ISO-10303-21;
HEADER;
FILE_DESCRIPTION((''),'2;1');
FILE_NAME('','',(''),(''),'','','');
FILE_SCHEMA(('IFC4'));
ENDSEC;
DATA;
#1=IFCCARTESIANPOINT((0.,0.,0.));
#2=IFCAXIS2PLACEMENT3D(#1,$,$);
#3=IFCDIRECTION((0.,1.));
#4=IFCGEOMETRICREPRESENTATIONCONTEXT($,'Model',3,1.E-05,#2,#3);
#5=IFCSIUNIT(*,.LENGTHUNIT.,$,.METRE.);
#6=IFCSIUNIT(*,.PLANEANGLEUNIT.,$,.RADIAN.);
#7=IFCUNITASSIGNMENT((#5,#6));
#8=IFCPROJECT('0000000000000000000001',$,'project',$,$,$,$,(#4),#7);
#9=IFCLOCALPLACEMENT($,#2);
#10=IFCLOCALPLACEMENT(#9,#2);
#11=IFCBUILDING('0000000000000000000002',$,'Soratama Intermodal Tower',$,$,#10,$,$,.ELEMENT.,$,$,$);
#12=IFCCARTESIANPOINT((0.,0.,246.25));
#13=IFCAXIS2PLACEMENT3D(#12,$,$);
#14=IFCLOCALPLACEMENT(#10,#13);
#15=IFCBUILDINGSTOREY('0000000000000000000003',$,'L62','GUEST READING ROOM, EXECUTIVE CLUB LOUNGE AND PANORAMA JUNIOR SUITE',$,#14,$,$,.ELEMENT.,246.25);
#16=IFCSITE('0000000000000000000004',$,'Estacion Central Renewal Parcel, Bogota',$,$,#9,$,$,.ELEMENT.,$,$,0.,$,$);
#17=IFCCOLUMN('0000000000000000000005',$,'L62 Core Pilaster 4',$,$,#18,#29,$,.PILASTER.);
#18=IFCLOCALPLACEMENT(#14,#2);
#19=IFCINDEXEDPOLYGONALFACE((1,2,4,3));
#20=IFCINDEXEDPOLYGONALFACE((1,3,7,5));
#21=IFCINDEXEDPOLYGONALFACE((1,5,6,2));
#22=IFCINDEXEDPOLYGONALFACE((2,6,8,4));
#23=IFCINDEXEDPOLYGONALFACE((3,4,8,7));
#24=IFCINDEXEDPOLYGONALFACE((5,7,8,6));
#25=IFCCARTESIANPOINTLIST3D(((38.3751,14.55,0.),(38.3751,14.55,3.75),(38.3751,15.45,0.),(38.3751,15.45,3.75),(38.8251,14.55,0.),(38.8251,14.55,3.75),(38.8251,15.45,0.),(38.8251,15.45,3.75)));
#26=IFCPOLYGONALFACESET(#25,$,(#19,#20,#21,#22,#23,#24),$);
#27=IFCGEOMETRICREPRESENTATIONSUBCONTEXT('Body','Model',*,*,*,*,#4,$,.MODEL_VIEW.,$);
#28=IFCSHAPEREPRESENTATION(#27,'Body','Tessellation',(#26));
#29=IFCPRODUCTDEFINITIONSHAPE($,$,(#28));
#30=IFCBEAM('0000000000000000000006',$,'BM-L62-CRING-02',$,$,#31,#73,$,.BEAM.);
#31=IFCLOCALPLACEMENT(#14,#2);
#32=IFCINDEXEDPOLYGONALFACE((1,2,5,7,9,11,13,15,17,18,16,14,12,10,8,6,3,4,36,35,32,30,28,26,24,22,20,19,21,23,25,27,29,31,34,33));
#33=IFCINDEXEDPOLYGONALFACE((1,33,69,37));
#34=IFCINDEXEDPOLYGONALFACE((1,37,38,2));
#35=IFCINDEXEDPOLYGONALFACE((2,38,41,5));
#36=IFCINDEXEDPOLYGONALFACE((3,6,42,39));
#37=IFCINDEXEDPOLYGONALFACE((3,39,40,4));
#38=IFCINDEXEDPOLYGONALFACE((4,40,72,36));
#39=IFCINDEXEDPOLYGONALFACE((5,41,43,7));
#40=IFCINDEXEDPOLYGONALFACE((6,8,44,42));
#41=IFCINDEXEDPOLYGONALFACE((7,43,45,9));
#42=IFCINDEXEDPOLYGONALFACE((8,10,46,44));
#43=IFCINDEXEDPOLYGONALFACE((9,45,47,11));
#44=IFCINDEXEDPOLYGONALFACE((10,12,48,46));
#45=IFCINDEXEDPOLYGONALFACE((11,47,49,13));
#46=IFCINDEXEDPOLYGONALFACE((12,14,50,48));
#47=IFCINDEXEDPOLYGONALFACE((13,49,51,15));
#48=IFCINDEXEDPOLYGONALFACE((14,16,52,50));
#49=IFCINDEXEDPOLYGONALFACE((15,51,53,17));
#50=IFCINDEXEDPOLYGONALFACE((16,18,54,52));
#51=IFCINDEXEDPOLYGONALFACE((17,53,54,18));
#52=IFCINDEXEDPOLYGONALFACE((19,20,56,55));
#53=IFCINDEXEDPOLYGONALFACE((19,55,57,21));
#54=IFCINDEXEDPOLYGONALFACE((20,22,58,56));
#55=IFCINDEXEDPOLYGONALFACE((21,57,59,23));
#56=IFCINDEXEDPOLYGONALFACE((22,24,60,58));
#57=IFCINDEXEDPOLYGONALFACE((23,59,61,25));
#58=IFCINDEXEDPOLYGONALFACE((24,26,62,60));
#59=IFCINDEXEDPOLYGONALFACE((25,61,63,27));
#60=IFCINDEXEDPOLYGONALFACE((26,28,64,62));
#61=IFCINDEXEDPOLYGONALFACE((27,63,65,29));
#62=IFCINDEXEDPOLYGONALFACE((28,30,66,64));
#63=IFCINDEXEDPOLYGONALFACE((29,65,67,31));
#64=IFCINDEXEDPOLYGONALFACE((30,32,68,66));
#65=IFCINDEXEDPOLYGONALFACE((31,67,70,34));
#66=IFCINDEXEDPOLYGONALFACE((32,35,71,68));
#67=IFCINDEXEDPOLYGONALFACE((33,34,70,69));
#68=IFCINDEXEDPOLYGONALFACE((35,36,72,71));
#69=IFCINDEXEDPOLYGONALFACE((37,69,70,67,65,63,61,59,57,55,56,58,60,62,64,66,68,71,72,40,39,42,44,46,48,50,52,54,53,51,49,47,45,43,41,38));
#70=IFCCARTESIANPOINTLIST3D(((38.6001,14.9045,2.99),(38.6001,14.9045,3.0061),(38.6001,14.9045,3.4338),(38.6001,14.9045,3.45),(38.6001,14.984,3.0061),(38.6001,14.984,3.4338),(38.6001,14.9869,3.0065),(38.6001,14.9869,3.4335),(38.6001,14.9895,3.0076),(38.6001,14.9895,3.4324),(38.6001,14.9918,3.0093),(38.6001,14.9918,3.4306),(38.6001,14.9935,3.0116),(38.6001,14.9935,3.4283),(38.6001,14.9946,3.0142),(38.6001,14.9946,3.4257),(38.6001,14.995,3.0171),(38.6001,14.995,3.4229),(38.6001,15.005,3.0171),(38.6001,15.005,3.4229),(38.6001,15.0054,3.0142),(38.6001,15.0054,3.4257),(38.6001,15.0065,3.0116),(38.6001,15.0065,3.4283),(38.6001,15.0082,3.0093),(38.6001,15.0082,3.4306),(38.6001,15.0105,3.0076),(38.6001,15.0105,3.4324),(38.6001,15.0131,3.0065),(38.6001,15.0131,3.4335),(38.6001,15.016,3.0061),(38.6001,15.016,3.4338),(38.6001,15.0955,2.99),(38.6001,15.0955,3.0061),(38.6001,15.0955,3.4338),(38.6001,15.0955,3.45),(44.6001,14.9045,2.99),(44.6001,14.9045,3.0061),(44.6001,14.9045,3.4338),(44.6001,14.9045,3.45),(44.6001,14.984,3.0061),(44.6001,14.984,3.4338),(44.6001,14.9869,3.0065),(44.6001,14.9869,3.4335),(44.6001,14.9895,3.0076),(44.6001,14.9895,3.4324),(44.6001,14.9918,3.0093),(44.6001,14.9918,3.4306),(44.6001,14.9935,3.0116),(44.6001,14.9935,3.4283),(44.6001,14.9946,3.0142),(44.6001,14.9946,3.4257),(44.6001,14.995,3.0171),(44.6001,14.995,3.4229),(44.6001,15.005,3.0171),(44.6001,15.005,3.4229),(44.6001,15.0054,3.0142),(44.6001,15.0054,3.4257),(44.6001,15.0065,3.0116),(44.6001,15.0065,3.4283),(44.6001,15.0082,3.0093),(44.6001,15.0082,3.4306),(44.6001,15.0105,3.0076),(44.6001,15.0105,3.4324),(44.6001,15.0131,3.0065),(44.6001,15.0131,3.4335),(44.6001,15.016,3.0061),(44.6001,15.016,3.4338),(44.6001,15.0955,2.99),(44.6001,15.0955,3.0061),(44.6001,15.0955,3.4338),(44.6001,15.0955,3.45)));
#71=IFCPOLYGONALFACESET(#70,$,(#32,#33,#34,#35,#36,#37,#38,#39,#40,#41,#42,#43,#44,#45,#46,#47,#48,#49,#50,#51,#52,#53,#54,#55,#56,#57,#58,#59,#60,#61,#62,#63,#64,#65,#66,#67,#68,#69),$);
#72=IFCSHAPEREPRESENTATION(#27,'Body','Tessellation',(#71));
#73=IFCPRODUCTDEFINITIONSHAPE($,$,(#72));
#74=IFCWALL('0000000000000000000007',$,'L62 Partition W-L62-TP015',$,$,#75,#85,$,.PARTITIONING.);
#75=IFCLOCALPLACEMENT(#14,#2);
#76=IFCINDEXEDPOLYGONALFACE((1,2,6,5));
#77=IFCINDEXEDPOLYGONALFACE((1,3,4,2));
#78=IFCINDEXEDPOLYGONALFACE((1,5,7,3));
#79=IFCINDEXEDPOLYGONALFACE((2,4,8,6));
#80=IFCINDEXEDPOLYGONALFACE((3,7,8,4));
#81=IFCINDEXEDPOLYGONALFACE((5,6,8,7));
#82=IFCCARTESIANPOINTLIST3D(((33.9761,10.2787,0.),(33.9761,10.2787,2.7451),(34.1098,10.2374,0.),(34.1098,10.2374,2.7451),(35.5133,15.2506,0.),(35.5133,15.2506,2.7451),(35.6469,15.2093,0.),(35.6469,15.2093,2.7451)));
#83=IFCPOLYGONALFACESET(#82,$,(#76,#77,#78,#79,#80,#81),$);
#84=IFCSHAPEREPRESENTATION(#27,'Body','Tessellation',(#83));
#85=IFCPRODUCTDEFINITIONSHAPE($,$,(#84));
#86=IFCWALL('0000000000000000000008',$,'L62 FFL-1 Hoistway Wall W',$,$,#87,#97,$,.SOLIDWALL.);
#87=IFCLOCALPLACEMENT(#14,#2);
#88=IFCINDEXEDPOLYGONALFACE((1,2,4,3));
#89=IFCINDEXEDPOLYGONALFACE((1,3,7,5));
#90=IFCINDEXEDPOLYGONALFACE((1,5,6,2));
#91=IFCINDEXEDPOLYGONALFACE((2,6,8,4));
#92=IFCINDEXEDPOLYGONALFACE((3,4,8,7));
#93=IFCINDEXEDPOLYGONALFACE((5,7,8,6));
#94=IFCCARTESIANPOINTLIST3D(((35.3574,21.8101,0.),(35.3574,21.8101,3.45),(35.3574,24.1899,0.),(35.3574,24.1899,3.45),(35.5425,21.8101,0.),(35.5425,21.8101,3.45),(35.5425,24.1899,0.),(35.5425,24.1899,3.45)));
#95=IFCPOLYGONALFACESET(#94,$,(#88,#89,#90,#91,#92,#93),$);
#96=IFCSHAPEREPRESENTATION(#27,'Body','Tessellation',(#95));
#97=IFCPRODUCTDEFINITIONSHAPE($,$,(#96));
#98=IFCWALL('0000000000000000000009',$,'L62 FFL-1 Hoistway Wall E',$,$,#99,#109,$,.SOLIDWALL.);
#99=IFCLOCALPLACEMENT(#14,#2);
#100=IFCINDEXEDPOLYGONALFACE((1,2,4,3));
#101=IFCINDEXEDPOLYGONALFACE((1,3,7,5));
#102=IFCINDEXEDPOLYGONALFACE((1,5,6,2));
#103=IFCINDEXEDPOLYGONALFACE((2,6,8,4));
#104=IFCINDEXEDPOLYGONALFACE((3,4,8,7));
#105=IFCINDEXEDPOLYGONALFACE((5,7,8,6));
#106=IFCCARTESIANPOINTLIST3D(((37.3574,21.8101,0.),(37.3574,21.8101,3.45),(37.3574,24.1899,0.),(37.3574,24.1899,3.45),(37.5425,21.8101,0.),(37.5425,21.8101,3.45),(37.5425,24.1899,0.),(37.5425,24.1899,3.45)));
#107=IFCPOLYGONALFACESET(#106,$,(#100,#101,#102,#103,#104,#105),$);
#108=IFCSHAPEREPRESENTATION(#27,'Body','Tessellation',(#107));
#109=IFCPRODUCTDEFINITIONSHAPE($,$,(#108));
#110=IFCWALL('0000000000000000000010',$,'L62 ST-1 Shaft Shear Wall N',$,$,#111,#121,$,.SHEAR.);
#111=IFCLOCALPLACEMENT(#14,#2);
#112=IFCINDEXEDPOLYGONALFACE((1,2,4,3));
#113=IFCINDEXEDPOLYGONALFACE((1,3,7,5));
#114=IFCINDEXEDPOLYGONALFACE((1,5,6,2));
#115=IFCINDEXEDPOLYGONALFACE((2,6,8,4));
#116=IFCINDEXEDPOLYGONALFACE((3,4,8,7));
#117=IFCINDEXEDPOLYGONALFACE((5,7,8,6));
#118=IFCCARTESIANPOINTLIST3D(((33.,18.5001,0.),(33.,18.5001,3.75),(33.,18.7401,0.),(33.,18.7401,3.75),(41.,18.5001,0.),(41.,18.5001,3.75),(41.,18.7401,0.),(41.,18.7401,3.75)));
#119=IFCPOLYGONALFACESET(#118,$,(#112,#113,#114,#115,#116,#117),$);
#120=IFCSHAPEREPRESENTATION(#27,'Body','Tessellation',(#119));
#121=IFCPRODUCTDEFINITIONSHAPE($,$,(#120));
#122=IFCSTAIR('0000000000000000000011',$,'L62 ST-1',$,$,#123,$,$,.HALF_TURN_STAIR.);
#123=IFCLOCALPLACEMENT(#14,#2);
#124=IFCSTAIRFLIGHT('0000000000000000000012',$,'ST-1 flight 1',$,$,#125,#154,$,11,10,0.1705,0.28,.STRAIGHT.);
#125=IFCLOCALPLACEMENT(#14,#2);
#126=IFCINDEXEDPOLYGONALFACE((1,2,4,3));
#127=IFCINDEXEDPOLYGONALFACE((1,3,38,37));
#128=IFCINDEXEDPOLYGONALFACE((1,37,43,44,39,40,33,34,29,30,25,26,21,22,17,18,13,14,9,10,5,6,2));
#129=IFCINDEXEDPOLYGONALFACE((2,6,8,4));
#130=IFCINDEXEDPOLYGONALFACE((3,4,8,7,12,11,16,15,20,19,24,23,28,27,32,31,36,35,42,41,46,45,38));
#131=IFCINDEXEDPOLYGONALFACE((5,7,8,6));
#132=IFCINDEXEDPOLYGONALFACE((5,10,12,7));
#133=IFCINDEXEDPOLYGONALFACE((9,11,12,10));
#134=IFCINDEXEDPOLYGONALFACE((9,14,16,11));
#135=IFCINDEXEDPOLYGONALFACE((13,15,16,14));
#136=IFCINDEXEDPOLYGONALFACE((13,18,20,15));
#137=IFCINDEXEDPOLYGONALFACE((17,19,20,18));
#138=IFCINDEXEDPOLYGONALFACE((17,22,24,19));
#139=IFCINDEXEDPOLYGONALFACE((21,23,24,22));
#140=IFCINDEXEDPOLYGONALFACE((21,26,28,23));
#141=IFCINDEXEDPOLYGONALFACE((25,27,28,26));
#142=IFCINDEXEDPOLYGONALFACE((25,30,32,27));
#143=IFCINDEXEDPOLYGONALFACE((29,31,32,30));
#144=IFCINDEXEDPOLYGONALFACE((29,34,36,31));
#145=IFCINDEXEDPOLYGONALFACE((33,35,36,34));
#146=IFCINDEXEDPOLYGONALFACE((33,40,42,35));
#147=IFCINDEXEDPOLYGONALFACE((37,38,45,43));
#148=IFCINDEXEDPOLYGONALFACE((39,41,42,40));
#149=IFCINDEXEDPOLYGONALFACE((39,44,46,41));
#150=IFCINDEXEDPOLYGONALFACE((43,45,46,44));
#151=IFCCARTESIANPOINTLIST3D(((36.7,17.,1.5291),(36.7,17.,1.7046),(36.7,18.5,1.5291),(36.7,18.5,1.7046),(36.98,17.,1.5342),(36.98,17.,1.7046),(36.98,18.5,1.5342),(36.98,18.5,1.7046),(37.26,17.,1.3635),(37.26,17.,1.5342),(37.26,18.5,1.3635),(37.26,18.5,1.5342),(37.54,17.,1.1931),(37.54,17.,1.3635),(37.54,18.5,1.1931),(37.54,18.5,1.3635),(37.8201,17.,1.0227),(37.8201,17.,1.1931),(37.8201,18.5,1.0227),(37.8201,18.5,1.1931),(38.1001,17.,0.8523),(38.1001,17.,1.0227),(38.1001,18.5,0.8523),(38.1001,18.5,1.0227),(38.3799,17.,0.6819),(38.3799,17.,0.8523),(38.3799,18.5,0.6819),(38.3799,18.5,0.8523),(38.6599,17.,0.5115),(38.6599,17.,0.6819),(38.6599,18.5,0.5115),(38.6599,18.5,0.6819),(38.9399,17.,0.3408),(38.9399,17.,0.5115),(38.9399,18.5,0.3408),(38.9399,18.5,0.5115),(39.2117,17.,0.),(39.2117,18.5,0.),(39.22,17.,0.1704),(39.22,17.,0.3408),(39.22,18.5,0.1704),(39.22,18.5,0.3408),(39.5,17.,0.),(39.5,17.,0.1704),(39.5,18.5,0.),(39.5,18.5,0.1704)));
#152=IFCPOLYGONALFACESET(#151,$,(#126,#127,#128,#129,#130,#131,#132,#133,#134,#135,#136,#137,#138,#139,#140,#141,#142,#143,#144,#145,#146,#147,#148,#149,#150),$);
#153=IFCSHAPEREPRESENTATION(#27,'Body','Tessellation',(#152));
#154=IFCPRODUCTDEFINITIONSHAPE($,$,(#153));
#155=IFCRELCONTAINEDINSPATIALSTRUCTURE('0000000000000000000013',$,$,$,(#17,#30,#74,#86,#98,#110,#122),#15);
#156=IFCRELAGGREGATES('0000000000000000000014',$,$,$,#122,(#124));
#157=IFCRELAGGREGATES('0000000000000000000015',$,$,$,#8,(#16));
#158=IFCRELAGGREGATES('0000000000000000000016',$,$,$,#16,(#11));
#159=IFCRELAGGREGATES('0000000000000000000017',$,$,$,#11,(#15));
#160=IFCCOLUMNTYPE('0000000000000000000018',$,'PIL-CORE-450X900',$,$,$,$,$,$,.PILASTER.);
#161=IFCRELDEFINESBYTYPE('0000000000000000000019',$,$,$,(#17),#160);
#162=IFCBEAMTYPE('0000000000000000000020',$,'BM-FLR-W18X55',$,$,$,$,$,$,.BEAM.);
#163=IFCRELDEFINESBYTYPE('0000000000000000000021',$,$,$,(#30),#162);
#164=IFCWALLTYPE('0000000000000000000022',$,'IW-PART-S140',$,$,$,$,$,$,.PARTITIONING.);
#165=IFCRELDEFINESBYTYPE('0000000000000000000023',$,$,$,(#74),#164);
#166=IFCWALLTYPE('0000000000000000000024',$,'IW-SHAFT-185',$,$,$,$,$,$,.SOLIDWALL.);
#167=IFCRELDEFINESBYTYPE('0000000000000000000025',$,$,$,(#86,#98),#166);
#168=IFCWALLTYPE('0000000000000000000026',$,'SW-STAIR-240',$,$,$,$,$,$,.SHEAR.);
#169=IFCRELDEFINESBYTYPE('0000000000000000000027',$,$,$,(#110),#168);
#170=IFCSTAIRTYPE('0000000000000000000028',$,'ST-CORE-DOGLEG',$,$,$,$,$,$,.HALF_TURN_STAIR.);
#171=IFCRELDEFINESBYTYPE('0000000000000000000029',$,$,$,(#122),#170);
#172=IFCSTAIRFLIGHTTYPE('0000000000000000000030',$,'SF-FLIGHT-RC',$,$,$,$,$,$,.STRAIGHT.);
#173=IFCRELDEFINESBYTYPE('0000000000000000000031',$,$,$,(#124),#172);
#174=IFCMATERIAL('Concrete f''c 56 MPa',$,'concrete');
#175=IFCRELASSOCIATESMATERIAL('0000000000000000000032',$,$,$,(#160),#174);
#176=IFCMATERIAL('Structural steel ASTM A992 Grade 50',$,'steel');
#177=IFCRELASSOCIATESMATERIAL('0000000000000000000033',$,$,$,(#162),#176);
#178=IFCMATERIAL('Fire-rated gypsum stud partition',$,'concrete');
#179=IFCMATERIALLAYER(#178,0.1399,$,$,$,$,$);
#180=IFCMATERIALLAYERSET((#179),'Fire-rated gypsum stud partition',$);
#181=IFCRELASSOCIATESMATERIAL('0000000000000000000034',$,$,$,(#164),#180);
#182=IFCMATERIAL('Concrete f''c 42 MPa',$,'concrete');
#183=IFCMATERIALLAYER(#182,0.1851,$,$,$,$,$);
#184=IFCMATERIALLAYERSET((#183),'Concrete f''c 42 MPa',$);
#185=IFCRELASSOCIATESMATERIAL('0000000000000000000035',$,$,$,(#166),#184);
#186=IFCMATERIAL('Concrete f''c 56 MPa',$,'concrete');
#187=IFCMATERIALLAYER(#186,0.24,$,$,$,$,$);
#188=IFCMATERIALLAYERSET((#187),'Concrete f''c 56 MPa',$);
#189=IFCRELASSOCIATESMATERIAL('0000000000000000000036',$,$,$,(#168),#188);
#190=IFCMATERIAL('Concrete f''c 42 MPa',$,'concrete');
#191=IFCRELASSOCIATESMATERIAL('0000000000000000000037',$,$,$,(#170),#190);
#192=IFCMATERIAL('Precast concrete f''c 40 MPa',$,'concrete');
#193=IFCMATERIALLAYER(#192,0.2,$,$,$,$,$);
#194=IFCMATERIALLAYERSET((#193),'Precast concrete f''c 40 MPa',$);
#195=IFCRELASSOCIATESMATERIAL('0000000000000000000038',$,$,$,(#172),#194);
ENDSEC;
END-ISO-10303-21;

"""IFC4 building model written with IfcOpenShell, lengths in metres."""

from ifc_helpers import new_model, si_unit, direction, frame, frame_2d, origin, origin_2d, place, context, subcontext, project, spatial, polyline, rectangle, i_section, outline, extrude, material, layer, layer_set, material_profile, profile_set, type_object, element, aggregate, save


model = new_model("IFC4")

# Units and contexts
model_context = context("Model", 3, precision=1e-05, world=origin(), true_north=direction((0.0, 1.0)))
body_context = subcontext(model_context, "Body", "Model", "MODEL_VIEW")
ifc_project = project(units=[si_unit("LENGTHUNIT", "METRE"), si_unit("PLANEANGLEUNIT", "RADIAN")], contexts=[model_context])

# Site, building, storey
site_placement = place(None, origin())
site = spatial("IfcSite", under=ifc_project, at=site_placement, Name="Estacion Central Renewal Parcel, Bogota", CompositionType="ELEMENT", RefElevation=0.0)
building_placement = place(site_placement, origin())
building = spatial("IfcBuilding", under=site, at=building_placement, Name="Soratama Intermodal Tower", CompositionType="ELEMENT")
storey_placement = place(building_placement, frame((0.0, 0.0, 246.25)))
storey = spatial("IfcBuildingStorey", under=building, at=storey_placement, Name="L62", Description="GUEST READING ROOM, EXECUTIVE CLUB LOUNGE AND PANORAMA JUNIOR SUITE", CompositionType="ELEMENT", Elevation=246.25)

# Column
ifc_material_1 = material(Name="Concrete f'c 56 MPa", Category="concrete")
ifc_material_profile_1 = material_profile(ifc_material_1, rectangle(XDim=0.45, YDim=0.8999, at=origin_2d()), Name="RC450X900")
ifc_profile_set_1 = profile_set([ifc_material_profile_1], Name="Concrete f'c 56 MPa")
column_type = type_object("IfcColumnType", Name="PIL-CORE-450X900", PredefinedType="PILASTER", material=ifc_profile_set_1)
column_placement = place(storey_placement, frame((38.6001, 15.0, 0.0), z_axis=(0.0, 0.0, 1.0), x_axis=(1.0, 0.0, 0.0)))
element("IfcColumn", 1, at=column_placement, inside=storey, type_object=column_type, Name="L62 Core Pilaster 4", PredefinedType="PILASTER", context=body_context, shape_type="SweptSolid", body=[
    extrude(rectangle(XDim=0.45, YDim=0.8999, at=origin_2d()), origin(), (0.0, 0.0, 1.0), 3.75),
])

# Beam
ifc_material_2 = material(Name="Structural steel ASTM A992 Grade 50", Category="steel")
ifc_material_profile_2 = material_profile(ifc_material_2, i_section(OverallWidth=0.1909, OverallDepth=0.46, WebThickness=0.01, FlangeThickness=0.0161, FilletRadius=0.011, at=origin_2d()), Name="W18X55")
ifc_profile_set_2 = profile_set([ifc_material_profile_2], Name="Structural steel ASTM A992 Grade 50")
beam_type = type_object("IfcBeamType", Name="BM-FLR-W18X55", PredefinedType="BEAM", material=ifc_profile_set_2)
beam_placement = place(storey_placement, frame((38.6001, 15.0, 3.22), z_axis=(1.0, 0.0, 0.0), x_axis=(0.0, 1.0, 0.0)))
element("IfcBeam", 2, at=beam_placement, inside=storey, type_object=beam_type, Name="BM-L62-CRING-02", PredefinedType="BEAM", context=body_context, shape_type="SweptSolid", body=[
    extrude(i_section(OverallWidth=0.1909, OverallDepth=0.46, WebThickness=0.01, FlangeThickness=0.0161, FilletRadius=0.011, at=origin_2d()), origin(), (0.0, 0.0, 1.0), 6.0),
])

# Wall
ifc_material_3 = material(Name="Fire-rated gypsum stud partition", Category="concrete")
ifc_layer_1 = layer(ifc_material_3, 0.1399)
ifc_layer_set_1 = layer_set([ifc_layer_1], Name="Fire-rated gypsum stud partition")
wall_type_1 = type_object("IfcWallType", Name="IW-PART-S140", PredefinedType="PARTITIONING", material=ifc_layer_set_1)
wall_1_placement = place(storey_placement, frame((35.5801, 15.23, 0.0), z_axis=(0.0, 0.0, 1.0), x_axis=(-0.295365, -0.955385, 0.0)))
element("IfcWall", 3, at=wall_1_placement, inside=storey, type_object=wall_type_1, Name="L62 Partition W-L62-TP015", PredefinedType="PARTITIONING", context=body_context, shape_type="SweptSolid", body=[
    extrude(rectangle(XDim=5.2041, YDim=0.1399, at=frame_2d((2.6021, 0.0))), origin(), (0.0, 0.0, 1.0), 2.7451),
])

# Shared definitions
ifc_material_4 = material(Name="Concrete f'c 42 MPa", Category="concrete")
ifc_layer_2 = layer(ifc_material_4, 0.1851)
ifc_layer_set_2 = layer_set([ifc_layer_2], Name="Concrete f'c 42 MPa")
wall_type_2 = type_object("IfcWallType", Name="IW-SHAFT-185", PredefinedType="SOLIDWALL", material=ifc_layer_set_2)

# Walls
for number, where, z_axis, x_axis, name in (
    (4, (35.45, 21.8101, 0.0), (0.0, 0.0, 1.0), (0.0, 1.0, 0.0), "L62 FFL-1 Hoistway Wall W"),
    (5, (37.45, 21.8101, 0.0), (0.0, 0.0, 1.0), (0.0, 1.0, 0.0), "L62 FFL-1 Hoistway Wall E"),
):
    element("IfcWall", number, at=place(storey_placement, frame(where, z_axis=z_axis, x_axis=x_axis)), inside=storey, type_object=wall_type_2, Name=name, PredefinedType="SOLIDWALL", context=body_context, shape_type="SweptSolid", body=[
        extrude(rectangle(XDim=2.3799, YDim=0.1851, at=frame_2d((1.1899, 0.0))), origin(), (0.0, 0.0, 1.0), 3.45),
    ])

# Shared definitions
ifc_material_5 = material(Name="Concrete f'c 56 MPa", Category="concrete")
ifc_layer_3 = layer(ifc_material_5, 0.24)
ifc_layer_set_3 = layer_set([ifc_layer_3], Name="Concrete f'c 56 MPa")
wall_type_3 = type_object("IfcWallType", Name="SW-STAIR-240", PredefinedType="SHEAR", material=ifc_layer_set_3)

# Wall
wall_2_placement = place(storey_placement, frame((33.0, 18.6201, 0.0), z_axis=(0.0, 0.0, 1.0), x_axis=(1.0, 0.0, 0.0)))
element("IfcWall", 6, at=wall_2_placement, inside=storey, type_object=wall_type_3, Name="L62 ST-1 Shaft Shear Wall N", PredefinedType="SHEAR", context=body_context, shape_type="SweptSolid", body=[
    extrude(rectangle(XDim=8.0, YDim=0.24, at=frame_2d((4.0, 0.0))), origin(), (0.0, 0.0, 1.0), 3.75),
])

# Stair, stair flight
ifc_material_6 = material(Name="Concrete f'c 42 MPa", Category="concrete")
stair_type = type_object("IfcStairType", Name="ST-CORE-DOGLEG", PredefinedType="HALF_TURN_STAIR", material=ifc_material_6)
stair_placement = place(storey_placement, origin())
stair = element("IfcStair", 7, at=stair_placement, inside=storey, type_object=stair_type, Name="L62 ST-1", PredefinedType="HALF_TURN_STAIR")
ifc_material_7 = material(Name="Precast concrete f'c 40 MPa", Category="concrete")
ifc_layer_4 = layer(ifc_material_7, 0.2)
ifc_layer_set_4 = layer_set([ifc_layer_4], Name="Precast concrete f'c 40 MPa")
stair_flight_type = type_object("IfcStairFlightType", Name="SF-FLIGHT-RC", PredefinedType="STRAIGHT", material=ifc_layer_set_4)
stair_flight_1_placement = place(storey_placement, frame((39.5, 17.75, 0.0), z_axis=(0.0, 0.0, 1.0), x_axis=(-1.0, 0.0, 0.0)))
stair_flight_1 = element("IfcStairFlight", 8, at=stair_flight_1_placement, type_object=stair_flight_type, Name="ST-1 flight 1", NumberOfRisers=11, NumberOfTreads=10, PredefinedType="STRAIGHT", RiserHeight=0.1705, TreadLength=0.28, context=body_context, shape_type="SweptSolid", body=[
    extrude(outline(polyline([(0.0, 0.0), (0.0, 0.1704), (0.28, 0.1704), (0.28, 0.3408), (0.5601, 0.3408), (0.5601, 0.5115), (0.8401, 0.5115), (0.8401, 0.6819), (1.1201, 0.6819), (1.1201, 0.8523), (1.3999, 0.8523), (1.3999, 1.0227), (1.6799, 1.0227), (1.6799, 1.1931), (1.96, 1.1931), (1.96, 1.3635), (2.24, 1.3635), (2.24, 1.5342), (2.52, 1.5342), (2.52, 1.7046), (2.8, 1.7046), (2.8, 1.875), (2.8, 1.5291), (0.2883, 0.0), (0.0, 0.0)])), frame((0.0, 0.75, 0.0), z_axis=(0.0, -1.0, 0.0), x_axis=(1.0, 0.0, 0.0)), (0.0, 0.0, 1.0), 1.5),
])
aggregate(stair, [stair_flight_1])

save(model, "model.ifc")
